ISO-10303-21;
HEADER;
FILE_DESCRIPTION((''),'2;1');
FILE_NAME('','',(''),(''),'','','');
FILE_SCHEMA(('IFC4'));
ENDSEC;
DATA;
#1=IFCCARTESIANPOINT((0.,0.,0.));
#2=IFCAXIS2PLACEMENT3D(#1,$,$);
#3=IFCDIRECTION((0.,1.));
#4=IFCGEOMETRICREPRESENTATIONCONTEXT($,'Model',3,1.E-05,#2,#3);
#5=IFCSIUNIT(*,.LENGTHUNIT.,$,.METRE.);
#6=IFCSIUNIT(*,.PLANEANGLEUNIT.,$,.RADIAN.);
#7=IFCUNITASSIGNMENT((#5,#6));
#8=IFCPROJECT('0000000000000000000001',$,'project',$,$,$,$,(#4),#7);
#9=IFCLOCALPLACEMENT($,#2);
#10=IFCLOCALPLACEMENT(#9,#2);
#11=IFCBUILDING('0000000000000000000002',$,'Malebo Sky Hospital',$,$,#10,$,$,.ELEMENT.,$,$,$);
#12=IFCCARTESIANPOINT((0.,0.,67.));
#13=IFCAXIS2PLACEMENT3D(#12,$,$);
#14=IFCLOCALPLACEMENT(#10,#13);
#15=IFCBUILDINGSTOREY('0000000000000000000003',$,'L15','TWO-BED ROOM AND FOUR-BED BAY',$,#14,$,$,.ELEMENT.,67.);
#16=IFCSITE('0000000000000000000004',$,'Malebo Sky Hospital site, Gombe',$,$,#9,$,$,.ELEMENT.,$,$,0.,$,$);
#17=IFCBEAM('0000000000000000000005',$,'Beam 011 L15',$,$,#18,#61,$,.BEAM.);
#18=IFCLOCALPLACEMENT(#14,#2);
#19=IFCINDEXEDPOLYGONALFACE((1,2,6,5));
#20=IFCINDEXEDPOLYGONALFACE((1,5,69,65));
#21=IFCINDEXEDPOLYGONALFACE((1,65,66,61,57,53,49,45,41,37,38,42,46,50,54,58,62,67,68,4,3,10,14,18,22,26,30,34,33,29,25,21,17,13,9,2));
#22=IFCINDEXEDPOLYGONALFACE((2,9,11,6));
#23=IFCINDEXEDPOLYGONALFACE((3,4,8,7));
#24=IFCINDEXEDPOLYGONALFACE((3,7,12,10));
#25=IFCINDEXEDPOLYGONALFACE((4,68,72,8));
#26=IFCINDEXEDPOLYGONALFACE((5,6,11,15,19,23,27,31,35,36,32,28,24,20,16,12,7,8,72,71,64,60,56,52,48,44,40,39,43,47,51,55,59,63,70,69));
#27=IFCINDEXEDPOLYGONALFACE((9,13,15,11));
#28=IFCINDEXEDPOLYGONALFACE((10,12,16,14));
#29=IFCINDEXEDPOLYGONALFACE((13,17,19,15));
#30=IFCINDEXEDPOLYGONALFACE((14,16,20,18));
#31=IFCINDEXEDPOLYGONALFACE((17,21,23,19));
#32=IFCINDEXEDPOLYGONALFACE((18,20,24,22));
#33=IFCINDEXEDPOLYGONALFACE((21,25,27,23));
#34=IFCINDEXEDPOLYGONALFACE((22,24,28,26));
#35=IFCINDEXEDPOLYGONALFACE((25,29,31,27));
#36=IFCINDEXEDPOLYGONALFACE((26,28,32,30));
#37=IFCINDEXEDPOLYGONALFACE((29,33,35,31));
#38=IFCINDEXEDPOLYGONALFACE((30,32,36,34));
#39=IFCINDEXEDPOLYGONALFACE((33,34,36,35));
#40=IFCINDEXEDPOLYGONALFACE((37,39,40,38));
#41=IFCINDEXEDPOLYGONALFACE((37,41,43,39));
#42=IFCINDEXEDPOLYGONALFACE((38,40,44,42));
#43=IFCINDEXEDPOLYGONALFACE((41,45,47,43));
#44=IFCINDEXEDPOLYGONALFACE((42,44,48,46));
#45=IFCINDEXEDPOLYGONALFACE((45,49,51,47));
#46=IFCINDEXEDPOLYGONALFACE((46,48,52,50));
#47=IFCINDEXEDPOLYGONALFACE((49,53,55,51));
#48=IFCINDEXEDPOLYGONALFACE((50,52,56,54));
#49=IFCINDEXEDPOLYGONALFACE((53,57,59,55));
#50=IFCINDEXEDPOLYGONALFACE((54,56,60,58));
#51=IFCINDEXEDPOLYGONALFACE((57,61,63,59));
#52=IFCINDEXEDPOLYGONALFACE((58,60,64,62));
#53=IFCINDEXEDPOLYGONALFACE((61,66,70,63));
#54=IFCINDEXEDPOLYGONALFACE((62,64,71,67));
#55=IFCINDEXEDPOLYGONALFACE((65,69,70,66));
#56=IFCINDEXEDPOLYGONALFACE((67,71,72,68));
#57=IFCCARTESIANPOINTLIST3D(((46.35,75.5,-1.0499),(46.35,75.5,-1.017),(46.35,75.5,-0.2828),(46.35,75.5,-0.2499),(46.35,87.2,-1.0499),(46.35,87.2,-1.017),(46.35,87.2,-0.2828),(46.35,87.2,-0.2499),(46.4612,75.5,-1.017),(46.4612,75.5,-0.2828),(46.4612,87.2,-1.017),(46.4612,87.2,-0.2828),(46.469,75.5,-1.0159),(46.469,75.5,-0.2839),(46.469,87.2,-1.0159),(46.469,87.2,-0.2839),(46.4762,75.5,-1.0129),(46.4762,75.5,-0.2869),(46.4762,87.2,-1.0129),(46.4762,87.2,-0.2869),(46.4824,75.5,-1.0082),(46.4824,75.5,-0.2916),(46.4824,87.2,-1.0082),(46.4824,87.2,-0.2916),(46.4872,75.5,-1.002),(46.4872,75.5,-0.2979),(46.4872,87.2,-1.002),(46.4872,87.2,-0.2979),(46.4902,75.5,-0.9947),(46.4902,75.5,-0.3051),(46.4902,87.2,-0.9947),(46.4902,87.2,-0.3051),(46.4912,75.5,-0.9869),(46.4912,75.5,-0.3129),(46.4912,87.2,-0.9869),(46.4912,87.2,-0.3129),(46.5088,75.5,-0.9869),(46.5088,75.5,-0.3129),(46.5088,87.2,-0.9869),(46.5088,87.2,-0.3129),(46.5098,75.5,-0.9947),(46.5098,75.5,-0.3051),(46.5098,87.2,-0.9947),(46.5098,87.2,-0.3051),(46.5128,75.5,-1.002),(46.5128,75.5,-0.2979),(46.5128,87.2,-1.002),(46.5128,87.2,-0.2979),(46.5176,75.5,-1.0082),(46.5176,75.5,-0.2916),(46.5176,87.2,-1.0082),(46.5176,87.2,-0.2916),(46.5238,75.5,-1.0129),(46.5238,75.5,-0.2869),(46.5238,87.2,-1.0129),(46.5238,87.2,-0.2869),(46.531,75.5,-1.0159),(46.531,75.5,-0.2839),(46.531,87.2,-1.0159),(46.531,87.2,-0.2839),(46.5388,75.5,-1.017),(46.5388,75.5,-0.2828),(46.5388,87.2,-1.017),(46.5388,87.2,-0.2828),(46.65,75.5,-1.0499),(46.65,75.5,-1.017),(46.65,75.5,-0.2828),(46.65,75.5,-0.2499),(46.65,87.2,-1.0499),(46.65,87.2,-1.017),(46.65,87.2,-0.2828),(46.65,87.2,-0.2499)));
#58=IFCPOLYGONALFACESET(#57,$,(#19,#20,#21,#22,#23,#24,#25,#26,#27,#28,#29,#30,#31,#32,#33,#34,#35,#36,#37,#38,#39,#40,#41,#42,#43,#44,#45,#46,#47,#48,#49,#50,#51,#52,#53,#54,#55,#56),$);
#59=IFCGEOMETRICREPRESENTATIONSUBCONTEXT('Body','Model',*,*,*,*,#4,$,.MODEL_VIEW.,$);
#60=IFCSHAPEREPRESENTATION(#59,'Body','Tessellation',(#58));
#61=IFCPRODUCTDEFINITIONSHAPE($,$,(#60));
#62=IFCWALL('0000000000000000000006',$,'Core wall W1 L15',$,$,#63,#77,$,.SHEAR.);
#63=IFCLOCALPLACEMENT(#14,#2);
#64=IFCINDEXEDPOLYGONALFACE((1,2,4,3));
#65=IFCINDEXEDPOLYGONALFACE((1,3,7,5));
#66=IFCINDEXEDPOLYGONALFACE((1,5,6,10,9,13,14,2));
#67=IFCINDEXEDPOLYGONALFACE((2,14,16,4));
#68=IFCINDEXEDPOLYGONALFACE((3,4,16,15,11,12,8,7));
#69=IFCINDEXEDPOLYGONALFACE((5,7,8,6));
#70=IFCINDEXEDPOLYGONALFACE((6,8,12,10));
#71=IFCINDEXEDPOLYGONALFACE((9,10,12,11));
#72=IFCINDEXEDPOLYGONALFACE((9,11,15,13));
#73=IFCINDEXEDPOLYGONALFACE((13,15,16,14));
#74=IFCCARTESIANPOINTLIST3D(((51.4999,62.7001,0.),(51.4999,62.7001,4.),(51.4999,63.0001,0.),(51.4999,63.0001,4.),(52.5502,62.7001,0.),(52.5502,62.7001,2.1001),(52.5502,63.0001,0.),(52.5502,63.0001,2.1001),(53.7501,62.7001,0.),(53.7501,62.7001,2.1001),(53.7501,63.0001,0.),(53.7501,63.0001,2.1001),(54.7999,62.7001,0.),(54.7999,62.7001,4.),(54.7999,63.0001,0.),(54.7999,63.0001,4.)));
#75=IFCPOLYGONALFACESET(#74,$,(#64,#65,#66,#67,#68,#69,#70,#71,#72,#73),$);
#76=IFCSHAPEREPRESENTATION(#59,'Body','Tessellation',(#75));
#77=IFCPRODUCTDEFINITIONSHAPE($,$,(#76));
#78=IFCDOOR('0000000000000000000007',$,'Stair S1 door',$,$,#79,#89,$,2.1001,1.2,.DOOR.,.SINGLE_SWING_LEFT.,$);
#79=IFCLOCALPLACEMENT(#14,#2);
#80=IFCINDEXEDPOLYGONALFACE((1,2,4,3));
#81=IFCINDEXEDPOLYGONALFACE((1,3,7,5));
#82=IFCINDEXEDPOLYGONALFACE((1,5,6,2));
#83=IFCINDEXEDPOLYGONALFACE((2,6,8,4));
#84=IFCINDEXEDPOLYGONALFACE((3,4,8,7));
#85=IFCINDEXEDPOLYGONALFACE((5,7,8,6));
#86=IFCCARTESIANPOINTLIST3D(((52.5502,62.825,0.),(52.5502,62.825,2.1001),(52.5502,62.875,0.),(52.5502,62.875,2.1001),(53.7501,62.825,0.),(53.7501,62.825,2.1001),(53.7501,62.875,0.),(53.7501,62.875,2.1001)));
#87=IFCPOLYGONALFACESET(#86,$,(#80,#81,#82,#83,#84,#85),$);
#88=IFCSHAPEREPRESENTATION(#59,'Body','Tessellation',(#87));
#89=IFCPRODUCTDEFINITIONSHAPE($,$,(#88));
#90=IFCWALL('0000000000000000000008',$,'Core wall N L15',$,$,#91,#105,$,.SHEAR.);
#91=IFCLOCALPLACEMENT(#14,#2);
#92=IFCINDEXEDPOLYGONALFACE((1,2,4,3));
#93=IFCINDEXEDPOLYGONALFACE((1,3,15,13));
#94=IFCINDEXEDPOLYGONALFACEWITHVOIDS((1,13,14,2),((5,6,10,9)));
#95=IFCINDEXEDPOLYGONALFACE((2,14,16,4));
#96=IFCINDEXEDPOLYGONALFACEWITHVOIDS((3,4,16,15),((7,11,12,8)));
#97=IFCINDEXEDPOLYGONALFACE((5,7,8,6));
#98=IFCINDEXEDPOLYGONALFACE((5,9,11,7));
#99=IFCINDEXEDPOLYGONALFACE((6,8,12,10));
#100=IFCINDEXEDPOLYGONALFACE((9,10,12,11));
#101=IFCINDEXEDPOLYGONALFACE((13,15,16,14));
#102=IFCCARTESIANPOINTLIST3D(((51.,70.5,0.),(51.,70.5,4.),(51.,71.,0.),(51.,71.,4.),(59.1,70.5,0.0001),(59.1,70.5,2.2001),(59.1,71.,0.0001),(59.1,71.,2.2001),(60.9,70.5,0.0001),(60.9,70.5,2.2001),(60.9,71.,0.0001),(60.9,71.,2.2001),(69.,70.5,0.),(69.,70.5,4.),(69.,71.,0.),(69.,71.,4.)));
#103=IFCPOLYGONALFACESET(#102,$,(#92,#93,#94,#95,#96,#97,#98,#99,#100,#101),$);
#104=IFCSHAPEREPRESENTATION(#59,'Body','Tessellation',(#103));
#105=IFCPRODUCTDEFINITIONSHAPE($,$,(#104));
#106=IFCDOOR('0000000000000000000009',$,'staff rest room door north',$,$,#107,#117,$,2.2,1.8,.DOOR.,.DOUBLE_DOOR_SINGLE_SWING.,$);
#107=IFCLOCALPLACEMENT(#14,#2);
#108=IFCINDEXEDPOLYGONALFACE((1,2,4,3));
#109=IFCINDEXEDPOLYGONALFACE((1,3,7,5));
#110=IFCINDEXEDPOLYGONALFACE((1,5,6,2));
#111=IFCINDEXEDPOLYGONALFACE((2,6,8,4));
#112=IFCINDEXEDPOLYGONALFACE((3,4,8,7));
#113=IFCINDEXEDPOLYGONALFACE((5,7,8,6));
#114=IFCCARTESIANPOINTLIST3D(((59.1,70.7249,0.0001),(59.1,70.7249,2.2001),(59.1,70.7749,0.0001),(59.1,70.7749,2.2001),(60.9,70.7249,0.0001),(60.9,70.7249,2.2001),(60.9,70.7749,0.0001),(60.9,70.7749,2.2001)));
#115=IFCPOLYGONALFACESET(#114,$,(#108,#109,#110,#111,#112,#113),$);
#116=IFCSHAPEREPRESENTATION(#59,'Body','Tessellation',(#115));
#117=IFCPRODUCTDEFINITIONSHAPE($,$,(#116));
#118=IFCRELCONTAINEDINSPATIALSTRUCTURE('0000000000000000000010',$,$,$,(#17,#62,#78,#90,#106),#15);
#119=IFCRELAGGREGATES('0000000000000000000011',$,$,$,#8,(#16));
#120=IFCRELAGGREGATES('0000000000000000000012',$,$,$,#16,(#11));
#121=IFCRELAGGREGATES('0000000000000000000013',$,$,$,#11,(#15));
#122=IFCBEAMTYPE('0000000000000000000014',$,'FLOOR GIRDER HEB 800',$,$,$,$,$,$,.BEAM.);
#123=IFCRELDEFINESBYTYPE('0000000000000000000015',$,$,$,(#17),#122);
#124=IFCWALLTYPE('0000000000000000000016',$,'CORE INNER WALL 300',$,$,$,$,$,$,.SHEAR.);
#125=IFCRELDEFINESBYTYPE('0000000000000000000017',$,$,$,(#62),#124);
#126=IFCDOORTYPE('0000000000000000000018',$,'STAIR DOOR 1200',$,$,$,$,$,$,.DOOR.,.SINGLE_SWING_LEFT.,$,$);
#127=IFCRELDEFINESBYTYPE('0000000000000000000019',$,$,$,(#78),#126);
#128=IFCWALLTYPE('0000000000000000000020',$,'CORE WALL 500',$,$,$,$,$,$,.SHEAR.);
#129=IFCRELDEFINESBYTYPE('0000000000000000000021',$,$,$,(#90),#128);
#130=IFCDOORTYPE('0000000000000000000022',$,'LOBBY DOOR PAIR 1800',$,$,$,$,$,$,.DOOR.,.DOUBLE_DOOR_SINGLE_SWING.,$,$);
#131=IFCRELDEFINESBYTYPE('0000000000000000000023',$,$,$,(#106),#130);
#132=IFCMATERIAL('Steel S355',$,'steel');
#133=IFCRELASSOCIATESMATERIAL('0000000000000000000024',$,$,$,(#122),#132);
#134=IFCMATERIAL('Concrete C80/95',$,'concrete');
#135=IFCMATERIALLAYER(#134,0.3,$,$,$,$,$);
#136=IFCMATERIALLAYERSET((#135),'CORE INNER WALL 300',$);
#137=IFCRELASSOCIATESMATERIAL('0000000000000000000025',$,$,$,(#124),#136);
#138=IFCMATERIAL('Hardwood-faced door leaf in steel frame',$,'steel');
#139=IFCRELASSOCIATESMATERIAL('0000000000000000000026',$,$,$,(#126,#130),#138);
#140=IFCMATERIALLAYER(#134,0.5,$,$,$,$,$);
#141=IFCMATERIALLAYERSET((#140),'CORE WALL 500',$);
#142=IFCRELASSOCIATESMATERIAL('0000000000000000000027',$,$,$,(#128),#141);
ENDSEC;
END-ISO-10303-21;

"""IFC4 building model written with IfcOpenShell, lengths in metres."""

from ifc_helpers import new_model, si_unit, direction, frame, frame_2d, origin, origin_2d, place, context, subcontext, project, spatial, rectangle, i_section, extrude, material, layer, layer_set, material_profile, profile_set, type_object, element, fill, save


model = new_model("IFC4")

# Units and contexts
model_context = context("Model", 3, precision=1e-05, world=origin(), true_north=direction((0.0, 1.0)))
body_context = subcontext(model_context, "Body", "Model", "MODEL_VIEW")
ifc_project = project(units=[si_unit("LENGTHUNIT", "METRE"), si_unit("PLANEANGLEUNIT", "RADIAN")], contexts=[model_context])

# Site, building, storey
site_placement = place(None, origin())
site = spatial("IfcSite", under=ifc_project, at=site_placement, Name="Malebo Sky Hospital site, Gombe", CompositionType="ELEMENT", RefElevation=0.0)
building_placement = place(site_placement, origin())
building = spatial("IfcBuilding", under=site, at=building_placement, Name="Malebo Sky Hospital", CompositionType="ELEMENT")
storey_placement = place(building_placement, frame((0.0, 0.0, 67.0)))
storey = spatial("IfcBuildingStorey", under=building, at=storey_placement, Name="L15", Description="TWO-BED ROOM AND FOUR-BED BAY", CompositionType="ELEMENT", Elevation=67.0)

# Beam
ifc_material_1 = material(Name="Steel S355", Category="steel")
ifc_material_profile_1 = material_profile(ifc_material_1, i_section(OverallWidth=0.3, OverallDepth=0.8, WebThickness=0.0176, FlangeThickness=0.033, FilletRadius=0.03, at=origin_2d()), Name="HEB 800")
ifc_profile_set_1 = profile_set([ifc_material_profile_1], Name="Steel S355")
beam_type_1 = type_object("IfcBeamType", Name="FLOOR GIRDER HEB 800", PredefinedType="BEAM", material=ifc_profile_set_1)
beam_1_placement = place(storey_placement, frame((46.5, 75.5, -0.6499), z_axis=(0.0, 1.0, 0.0), x_axis=(-1.0, 0.0, 0.0)))
element("IfcBeam", 1, at=beam_1_placement, inside=storey, type_object=beam_type_1, Name="Beam 011 L15", PredefinedType="BEAM", context=body_context, shape_type="SweptSolid", body=[
    extrude(i_section(OverallWidth=0.3, OverallDepth=0.8, WebThickness=0.0176, FlangeThickness=0.033, FilletRadius=0.03, at=origin_2d()), origin(), (0.0, 0.0, 1.0), 11.7),
])

# Walls, openings, doors
ifc_material_2 = material(Name="Concrete C80/95", Category="concrete")
ifc_layer_1 = layer(ifc_material_2, 0.3)
ifc_layer_set_1 = layer_set([ifc_layer_1], Name="CORE INNER WALL 300")
wall_type_1 = type_object("IfcWallType", Name="CORE INNER WALL 300", PredefinedType="SHEAR", material=ifc_layer_set_1)
wall_1_placement = place(storey_placement, frame((51.5, 62.8501, 0.0), z_axis=(0.0, 0.0, 1.0), x_axis=(1.0, 0.0, 0.0)))
wall_1 = element("IfcWall", 2, at=wall_1_placement, inside=storey, type_object=wall_type_1, Name="Core wall W1 L15", PredefinedType="SHEAR", context=body_context, shape_type="SweptSolid", body=[
    extrude(rectangle(XDim=3.3, YDim=0.3, at=frame_2d((1.6499, 0.0))), origin(), (0.0, 0.0, 1.0), 4.0),
])
opening_1_placement = place(wall_1_placement, frame((1.05, 0.0, 0.0)))
opening_1 = element("IfcOpeningElement", 3, at=opening_1_placement, cuts=wall_1, PredefinedType="OPENING", context=body_context, shape_type="SweptSolid", body=[
    extrude(rectangle(XDim=1.2, YDim=2.1001, at=frame_2d((0.6001, 1.05))), frame((0.0, 0.1599, 0.0), z_axis=(0.0, -1.0, 0.0), x_axis=(1.0, 0.0, 0.0)), (0.0, 0.0, 1.0), 0.3201),
])
ifc_material_3 = material(Name="Hardwood-faced door leaf in steel frame", Category="steel")
door_type_1 = type_object("IfcDoorType", Name="STAIR DOOR 1200", OperationType="SINGLE_SWING_LEFT", PredefinedType="DOOR", material=ifc_material_3)
door_1_placement = place(opening_1_placement, origin())
door_1 = element("IfcDoor", 4, at=door_1_placement, inside=storey, type_object=door_type_1, Name="Stair S1 door", OperationType="SINGLE_SWING_LEFT", OverallHeight=2.1001, OverallWidth=1.2, PredefinedType="DOOR", context=body_context, shape_type="SweptSolid", body=[
    extrude(rectangle(XDim=1.2, YDim=2.1001, at=frame_2d((0.6001, 1.05))), frame((0.0, 0.0249, 0.0), z_axis=(0.0, -1.0, 0.0), x_axis=(1.0, 0.0, 0.0)), (0.0, 0.0, 1.0), 0.05),
])
fill(opening_1, door_1)
ifc_layer_2 = layer(ifc_material_2, 0.5)
ifc_layer_set_2 = layer_set([ifc_layer_2], Name="CORE WALL 500")
wall_type_2 = type_object("IfcWallType", Name="CORE WALL 500", PredefinedType="SHEAR", material=ifc_layer_set_2)
wall_2_placement = place(storey_placement, frame((51.0, 70.75, 0.0), z_axis=(0.0, 0.0, 1.0), x_axis=(1.0, 0.0, 0.0)))
wall_2 = element("IfcWall", 5, at=wall_2_placement, inside=storey, type_object=wall_type_2, Name="Core wall N L15", PredefinedType="SHEAR", context=body_context, shape_type="SweptSolid", body=[
    extrude(rectangle(XDim=18.0, YDim=0.5, at=frame_2d((9.0, 0.0))), origin(), (0.0, 0.0, 1.0), 4.0),
])
opening_2_placement = place(wall_2_placement, frame((8.1001, 0.0, 0.0)))
opening_2 = element("IfcOpeningElement", 6, at=opening_2_placement, cuts=wall_2, PredefinedType="OPENING", context=body_context, shape_type="SweptSolid", body=[
    extrude(rectangle(XDim=1.8, YDim=2.2, at=frame_2d((0.8999, 1.1001))), frame((0.0, 0.26, 0.0), z_axis=(0.0, -1.0, 0.0), x_axis=(1.0, 0.0, 0.0)), (0.0, 0.0, 1.0), 0.52),
])
door_type_2 = type_object("IfcDoorType", Name="LOBBY DOOR PAIR 1800", OperationType="DOUBLE_DOOR_SINGLE_SWING", PredefinedType="DOOR", material=ifc_material_3)
door_2_placement = place(opening_2_placement, origin())
door_2 = element("IfcDoor", 7, at=door_2_placement, inside=storey, type_object=door_type_2, Name="staff rest room door north", OperationType="DOUBLE_DOOR_SINGLE_SWING", OverallHeight=2.2, OverallWidth=1.8, PredefinedType="DOOR", context=body_context, shape_type="SweptSolid", body=[
    extrude(rectangle(XDim=1.8, YDim=2.2, at=frame_2d((0.8999, 1.1001))), frame((0.0, 0.0249, 0.0), z_axis=(0.0, -1.0, 0.0), x_axis=(1.0, 0.0, 0.0)), (0.0, 0.0, 1.0), 0.05),
])
fill(opening_2, door_2)

save(model, "model.ifc")
